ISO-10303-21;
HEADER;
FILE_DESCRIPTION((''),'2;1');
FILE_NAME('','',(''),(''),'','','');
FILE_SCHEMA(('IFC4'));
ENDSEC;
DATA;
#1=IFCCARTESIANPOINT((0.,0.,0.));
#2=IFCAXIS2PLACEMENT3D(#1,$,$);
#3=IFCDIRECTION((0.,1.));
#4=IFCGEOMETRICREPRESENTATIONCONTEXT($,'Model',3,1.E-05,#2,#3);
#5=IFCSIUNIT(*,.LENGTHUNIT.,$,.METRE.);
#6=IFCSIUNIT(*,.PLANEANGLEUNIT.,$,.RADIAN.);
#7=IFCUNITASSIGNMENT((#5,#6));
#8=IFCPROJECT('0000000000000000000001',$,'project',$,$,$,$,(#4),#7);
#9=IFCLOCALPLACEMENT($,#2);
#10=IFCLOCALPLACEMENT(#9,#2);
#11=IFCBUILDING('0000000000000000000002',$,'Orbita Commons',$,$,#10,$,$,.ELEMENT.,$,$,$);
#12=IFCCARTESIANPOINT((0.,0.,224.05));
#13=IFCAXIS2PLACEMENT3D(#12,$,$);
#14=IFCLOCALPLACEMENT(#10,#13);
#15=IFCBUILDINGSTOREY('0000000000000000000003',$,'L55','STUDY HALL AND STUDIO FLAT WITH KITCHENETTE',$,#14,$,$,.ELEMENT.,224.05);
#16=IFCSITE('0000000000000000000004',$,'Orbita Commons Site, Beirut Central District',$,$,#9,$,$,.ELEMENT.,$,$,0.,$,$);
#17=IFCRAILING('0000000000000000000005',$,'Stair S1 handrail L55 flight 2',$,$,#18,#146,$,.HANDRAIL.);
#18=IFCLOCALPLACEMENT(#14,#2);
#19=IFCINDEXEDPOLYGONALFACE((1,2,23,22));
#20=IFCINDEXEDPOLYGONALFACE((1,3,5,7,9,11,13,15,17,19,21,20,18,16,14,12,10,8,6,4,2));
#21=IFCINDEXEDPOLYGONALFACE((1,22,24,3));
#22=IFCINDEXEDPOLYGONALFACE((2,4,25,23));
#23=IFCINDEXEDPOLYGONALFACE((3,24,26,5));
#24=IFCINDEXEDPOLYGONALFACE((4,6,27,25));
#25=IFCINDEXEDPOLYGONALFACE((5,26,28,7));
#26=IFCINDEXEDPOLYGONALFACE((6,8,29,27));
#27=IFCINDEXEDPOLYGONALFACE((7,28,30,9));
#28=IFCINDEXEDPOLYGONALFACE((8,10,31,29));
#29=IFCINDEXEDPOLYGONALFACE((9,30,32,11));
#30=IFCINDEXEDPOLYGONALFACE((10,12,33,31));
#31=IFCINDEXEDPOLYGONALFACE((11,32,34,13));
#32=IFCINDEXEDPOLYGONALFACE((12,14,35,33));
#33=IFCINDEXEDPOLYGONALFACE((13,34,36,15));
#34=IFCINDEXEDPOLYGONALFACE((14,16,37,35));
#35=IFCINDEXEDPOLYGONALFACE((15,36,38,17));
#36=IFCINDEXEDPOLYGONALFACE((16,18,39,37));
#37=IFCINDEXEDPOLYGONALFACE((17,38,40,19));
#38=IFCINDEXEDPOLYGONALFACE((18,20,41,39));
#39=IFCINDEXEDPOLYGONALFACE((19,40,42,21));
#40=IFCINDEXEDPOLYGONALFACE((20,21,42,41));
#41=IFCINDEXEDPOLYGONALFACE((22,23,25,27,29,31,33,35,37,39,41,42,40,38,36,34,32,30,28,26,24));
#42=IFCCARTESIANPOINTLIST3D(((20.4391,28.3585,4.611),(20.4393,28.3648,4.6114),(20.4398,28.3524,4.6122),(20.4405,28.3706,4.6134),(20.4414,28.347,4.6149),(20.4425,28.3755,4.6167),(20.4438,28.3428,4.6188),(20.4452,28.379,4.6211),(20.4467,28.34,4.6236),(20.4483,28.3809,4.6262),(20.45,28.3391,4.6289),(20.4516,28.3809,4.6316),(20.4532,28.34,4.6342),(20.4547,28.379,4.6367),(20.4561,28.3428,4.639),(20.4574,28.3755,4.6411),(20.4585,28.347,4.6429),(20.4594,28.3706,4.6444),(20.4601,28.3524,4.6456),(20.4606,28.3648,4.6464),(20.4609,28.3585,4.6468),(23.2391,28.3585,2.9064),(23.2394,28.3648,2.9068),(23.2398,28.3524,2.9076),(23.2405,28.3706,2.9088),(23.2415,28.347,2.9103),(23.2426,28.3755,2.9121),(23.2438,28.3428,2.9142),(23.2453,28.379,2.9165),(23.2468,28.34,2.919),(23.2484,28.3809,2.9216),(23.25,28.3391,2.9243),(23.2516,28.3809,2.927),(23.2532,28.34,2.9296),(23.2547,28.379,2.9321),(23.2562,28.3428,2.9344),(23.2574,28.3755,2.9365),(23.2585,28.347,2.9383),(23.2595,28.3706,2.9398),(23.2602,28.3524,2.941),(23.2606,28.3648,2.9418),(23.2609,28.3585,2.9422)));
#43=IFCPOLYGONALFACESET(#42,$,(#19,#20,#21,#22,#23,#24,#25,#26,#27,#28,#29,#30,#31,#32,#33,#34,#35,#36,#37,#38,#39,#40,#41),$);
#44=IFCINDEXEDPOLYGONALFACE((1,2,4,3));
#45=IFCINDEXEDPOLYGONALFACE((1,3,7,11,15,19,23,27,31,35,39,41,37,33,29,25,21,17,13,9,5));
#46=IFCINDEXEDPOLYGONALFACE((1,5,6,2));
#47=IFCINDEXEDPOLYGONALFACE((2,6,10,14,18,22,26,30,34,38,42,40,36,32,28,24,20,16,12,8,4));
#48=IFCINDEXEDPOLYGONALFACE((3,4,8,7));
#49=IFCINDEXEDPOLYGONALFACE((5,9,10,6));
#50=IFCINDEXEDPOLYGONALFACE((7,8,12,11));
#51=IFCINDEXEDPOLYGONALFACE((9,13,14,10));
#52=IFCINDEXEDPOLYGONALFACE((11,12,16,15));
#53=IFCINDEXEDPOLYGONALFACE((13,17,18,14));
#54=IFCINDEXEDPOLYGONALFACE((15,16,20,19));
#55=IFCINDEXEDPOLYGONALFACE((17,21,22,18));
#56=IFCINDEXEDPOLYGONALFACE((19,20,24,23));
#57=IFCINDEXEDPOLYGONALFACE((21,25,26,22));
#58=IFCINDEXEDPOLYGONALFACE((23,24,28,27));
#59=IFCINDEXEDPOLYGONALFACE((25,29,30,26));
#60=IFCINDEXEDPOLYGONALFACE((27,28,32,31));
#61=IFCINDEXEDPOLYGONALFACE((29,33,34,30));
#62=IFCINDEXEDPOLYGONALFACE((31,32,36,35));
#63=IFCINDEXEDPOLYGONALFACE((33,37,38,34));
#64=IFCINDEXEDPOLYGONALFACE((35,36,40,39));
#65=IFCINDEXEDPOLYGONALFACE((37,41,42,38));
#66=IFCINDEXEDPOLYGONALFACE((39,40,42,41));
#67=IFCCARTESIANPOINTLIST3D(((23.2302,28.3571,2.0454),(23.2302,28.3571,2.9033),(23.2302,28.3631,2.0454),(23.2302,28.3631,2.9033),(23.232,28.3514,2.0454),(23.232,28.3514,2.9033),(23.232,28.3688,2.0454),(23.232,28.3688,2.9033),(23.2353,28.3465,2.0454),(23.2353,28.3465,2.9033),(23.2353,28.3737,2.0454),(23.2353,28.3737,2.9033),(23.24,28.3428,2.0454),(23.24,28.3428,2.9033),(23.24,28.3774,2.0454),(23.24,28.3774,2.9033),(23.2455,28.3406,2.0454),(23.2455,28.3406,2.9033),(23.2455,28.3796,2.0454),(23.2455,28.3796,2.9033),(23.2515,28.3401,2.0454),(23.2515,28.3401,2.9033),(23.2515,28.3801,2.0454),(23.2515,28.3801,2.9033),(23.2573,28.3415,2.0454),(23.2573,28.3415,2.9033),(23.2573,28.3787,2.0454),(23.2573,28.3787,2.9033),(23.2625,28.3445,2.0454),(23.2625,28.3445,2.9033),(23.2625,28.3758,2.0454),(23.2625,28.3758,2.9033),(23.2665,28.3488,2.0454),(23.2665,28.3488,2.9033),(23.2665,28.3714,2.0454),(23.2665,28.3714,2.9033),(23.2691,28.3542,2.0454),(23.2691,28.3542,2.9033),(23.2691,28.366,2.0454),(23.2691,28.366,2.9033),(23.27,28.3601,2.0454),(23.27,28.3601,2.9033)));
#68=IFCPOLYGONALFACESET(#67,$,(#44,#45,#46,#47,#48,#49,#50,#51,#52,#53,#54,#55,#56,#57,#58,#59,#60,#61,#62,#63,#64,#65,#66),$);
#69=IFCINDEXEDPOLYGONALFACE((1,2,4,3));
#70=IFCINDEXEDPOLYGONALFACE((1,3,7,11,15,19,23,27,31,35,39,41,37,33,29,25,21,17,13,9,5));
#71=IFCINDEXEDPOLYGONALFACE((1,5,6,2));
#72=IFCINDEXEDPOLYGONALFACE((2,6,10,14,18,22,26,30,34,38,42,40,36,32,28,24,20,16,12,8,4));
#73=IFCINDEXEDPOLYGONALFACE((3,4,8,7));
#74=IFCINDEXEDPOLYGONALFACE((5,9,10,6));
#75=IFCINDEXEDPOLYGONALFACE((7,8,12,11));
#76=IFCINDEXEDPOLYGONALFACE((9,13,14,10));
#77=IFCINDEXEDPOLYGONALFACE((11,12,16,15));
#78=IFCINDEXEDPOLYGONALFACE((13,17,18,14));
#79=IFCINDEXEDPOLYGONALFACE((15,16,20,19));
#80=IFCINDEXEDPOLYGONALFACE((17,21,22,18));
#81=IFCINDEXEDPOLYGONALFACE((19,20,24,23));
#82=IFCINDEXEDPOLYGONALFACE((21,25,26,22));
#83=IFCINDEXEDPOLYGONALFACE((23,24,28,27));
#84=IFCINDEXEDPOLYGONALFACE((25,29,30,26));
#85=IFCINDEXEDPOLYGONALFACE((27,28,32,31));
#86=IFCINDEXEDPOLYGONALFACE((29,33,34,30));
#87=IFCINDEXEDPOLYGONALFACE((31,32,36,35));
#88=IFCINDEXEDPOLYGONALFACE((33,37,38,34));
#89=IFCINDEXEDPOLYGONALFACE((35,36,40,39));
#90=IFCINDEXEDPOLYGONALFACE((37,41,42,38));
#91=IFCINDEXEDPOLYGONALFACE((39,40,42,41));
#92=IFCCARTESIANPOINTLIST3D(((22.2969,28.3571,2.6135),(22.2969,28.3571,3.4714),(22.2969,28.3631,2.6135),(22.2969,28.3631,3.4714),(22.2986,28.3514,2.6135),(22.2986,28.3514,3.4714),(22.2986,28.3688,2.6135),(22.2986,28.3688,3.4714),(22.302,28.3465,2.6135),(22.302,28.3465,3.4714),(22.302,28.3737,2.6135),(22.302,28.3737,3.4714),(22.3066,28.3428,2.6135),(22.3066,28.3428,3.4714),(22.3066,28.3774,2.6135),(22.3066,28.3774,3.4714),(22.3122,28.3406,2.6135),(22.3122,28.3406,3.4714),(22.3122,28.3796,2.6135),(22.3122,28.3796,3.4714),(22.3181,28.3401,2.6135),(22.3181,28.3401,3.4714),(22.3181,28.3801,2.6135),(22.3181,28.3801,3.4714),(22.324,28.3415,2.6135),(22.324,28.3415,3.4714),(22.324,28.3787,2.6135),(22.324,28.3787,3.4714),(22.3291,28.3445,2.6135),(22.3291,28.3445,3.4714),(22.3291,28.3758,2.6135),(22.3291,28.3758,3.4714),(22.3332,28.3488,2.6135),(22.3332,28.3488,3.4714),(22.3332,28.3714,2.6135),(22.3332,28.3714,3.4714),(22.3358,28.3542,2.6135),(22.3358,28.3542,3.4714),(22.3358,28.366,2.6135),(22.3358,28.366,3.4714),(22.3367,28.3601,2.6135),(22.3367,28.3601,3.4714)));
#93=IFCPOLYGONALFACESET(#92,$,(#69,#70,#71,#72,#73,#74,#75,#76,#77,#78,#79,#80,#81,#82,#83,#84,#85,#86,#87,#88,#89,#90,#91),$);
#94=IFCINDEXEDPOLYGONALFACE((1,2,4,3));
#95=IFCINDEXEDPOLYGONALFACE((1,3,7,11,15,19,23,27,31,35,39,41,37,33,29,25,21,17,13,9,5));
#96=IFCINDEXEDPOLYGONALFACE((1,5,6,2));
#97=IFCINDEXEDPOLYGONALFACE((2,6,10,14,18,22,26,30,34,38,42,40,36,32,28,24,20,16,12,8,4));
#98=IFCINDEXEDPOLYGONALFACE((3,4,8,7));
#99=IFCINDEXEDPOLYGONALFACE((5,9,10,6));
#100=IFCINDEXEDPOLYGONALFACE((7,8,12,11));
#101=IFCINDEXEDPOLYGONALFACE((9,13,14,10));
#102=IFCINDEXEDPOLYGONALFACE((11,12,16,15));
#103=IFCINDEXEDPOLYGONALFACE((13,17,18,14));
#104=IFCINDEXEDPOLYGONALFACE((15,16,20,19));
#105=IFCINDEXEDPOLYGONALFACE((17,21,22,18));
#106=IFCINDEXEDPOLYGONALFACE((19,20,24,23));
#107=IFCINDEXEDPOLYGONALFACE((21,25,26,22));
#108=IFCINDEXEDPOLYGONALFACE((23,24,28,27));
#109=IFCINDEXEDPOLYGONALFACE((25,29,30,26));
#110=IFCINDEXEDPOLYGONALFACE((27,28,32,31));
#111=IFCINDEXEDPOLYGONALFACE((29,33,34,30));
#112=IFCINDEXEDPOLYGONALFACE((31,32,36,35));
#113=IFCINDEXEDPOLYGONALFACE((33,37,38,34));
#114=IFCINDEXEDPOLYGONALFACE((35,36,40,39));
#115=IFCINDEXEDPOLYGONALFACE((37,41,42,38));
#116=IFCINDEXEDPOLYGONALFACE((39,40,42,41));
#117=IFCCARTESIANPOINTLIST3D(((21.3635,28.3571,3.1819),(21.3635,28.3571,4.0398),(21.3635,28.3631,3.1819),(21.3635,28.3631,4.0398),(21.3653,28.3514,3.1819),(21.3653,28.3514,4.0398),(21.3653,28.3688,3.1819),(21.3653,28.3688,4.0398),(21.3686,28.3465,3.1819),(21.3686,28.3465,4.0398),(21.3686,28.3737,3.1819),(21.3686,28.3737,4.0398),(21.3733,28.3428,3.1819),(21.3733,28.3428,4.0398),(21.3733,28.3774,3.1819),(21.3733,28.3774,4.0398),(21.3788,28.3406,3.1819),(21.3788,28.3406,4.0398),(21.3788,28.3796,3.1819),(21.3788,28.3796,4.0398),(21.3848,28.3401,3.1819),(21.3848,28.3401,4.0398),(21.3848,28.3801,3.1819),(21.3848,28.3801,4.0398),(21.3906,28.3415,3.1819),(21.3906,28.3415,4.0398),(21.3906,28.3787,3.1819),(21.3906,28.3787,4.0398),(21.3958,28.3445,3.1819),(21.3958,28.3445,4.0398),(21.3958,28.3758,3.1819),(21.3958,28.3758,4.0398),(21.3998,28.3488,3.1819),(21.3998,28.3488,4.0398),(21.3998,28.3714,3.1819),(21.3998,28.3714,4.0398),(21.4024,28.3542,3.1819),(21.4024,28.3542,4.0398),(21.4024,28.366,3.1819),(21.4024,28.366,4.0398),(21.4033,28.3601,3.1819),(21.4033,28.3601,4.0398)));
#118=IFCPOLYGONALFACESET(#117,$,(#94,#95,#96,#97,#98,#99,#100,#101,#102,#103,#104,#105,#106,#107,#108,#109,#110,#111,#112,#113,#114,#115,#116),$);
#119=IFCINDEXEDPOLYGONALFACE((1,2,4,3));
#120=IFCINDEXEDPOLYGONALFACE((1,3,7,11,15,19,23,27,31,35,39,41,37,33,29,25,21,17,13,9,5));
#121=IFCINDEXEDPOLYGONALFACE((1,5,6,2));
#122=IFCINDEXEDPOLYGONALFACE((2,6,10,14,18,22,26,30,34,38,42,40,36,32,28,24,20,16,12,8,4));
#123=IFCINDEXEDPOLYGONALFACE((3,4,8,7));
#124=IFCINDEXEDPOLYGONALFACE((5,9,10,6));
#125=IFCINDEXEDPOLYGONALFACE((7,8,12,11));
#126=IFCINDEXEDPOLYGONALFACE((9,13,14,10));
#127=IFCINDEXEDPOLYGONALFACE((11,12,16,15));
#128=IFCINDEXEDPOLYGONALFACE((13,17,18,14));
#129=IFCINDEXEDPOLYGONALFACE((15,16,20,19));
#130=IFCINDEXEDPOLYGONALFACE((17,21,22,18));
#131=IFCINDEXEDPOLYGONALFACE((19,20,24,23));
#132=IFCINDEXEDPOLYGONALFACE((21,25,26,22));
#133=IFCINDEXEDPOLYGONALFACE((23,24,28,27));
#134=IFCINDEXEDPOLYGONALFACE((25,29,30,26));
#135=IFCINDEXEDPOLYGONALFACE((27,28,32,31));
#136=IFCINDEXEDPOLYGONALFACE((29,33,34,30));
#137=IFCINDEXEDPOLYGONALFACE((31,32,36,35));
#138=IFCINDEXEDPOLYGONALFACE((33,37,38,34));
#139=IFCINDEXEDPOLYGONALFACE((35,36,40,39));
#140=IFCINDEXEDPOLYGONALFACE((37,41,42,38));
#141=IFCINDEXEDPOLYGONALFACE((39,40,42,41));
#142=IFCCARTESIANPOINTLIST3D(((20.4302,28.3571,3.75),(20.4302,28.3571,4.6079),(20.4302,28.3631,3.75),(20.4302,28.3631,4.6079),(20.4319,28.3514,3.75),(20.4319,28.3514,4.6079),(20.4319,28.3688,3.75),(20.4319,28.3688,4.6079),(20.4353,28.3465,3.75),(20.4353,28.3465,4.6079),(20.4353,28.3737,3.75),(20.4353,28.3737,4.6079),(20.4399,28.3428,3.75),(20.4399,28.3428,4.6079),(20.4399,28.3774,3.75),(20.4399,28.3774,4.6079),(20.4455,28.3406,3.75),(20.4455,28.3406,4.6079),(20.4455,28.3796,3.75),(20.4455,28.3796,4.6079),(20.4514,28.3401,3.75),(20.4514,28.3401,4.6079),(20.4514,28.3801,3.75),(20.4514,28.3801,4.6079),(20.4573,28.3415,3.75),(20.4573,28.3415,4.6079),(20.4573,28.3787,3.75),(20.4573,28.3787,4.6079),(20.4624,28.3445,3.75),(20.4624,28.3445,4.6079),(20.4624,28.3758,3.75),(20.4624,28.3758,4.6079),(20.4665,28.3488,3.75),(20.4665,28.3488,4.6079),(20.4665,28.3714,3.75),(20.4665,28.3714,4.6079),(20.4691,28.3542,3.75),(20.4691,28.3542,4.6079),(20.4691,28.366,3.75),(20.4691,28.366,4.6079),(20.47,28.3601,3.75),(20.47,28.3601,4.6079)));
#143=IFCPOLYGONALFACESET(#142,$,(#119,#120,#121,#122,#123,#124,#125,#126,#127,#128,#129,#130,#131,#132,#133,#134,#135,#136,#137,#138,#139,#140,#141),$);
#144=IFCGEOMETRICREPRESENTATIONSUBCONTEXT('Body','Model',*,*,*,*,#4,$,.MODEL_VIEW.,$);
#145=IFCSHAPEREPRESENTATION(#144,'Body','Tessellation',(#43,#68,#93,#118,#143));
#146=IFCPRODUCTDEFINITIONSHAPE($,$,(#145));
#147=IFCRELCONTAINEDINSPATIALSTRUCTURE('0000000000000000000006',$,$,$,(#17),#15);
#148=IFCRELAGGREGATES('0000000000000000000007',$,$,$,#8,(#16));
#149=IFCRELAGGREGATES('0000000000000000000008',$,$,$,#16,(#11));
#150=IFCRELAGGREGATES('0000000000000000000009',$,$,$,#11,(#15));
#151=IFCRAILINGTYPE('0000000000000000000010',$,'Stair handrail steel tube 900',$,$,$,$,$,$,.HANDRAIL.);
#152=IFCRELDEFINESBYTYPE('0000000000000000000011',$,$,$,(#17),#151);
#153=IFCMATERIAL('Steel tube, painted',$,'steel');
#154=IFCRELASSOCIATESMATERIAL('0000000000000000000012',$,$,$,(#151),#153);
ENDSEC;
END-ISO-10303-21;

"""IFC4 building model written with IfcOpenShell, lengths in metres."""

from ifc_helpers import new_model, si_unit, direction, frame, origin, origin_2d, place, context, subcontext, project, spatial, circle, extrude, material, type_object, element, save


model = new_model("IFC4")

# Units and contexts
model_context = context("Model", 3, precision=1e-05, world=origin(), true_north=direction((0.0, 1.0)))
body_context = subcontext(model_context, "Body", "Model", "MODEL_VIEW")
ifc_project = project(units=[si_unit("LENGTHUNIT", "METRE"), si_unit("PLANEANGLEUNIT", "RADIAN")], contexts=[model_context])

# Site, building, storey
site_placement = place(None, origin())
site = spatial("IfcSite", under=ifc_project, at=site_placement, Name="Orbita Commons Site, Beirut Central District", CompositionType="ELEMENT", RefElevation=0.0)
building_placement = place(site_placement, origin())
building = spatial("IfcBuilding", under=site, at=building_placement, Name="Orbita Commons", CompositionType="ELEMENT")
storey_placement = place(building_placement, frame((0.0, 0.0, 224.05)))
storey = spatial("IfcBuildingStorey", under=building, at=storey_placement, Name="L55", Description="STUDY HALL AND STUDIO FLAT WITH KITCHENETTE", CompositionType="ELEMENT", Elevation=224.05)

# Railing
ifc_material_1 = material(Name="Steel tube, painted", Category="steel")
railing_type = type_object("IfcRailingType", Name="Stair handrail steel tube 900", PredefinedType="HANDRAIL", material=ifc_material_1)
for number, where, name in (
    (1, (23.25, 28.3601, 2.0454), "Stair S1 handrail L55 flight 2"),
):
    element("IfcRailing", number, at=place(storey_placement, frame(where)), inside=storey, type_object=railing_type, Name=name, PredefinedType="HANDRAIL", context=body_context, shape_type="SweptSolid", body=[
        extrude(circle(Radius=0.021, at=origin_2d()), frame((0.0, 0.0, 0.8789), z_axis=(-0.85417, 0.0, 0.519994), x_axis=(0.0, -1.0, 0.0)), (0.0, 0.0, 1.0), 3.2781),
        extrude(circle(Radius=0.02, at=origin_2d()), origin(), (0.0, 0.0, 1.0), 0.8579),
        extrude(circle(Radius=0.02, at=origin_2d()), frame((-0.9333, 0.0, 0.5681)), (0.0, 0.0, 1.0), 0.8579),
        extrude(circle(Radius=0.02, at=origin_2d()), frame((-1.8667, 0.0, 1.1365)), (0.0, 0.0, 1.0), 0.8579),
        extrude(circle(Radius=0.02, at=origin_2d()), frame((-2.8, 0.0, 1.7046)), (0.0, 0.0, 1.0), 0.8579),
    ])

save(model, "model.ifc")
